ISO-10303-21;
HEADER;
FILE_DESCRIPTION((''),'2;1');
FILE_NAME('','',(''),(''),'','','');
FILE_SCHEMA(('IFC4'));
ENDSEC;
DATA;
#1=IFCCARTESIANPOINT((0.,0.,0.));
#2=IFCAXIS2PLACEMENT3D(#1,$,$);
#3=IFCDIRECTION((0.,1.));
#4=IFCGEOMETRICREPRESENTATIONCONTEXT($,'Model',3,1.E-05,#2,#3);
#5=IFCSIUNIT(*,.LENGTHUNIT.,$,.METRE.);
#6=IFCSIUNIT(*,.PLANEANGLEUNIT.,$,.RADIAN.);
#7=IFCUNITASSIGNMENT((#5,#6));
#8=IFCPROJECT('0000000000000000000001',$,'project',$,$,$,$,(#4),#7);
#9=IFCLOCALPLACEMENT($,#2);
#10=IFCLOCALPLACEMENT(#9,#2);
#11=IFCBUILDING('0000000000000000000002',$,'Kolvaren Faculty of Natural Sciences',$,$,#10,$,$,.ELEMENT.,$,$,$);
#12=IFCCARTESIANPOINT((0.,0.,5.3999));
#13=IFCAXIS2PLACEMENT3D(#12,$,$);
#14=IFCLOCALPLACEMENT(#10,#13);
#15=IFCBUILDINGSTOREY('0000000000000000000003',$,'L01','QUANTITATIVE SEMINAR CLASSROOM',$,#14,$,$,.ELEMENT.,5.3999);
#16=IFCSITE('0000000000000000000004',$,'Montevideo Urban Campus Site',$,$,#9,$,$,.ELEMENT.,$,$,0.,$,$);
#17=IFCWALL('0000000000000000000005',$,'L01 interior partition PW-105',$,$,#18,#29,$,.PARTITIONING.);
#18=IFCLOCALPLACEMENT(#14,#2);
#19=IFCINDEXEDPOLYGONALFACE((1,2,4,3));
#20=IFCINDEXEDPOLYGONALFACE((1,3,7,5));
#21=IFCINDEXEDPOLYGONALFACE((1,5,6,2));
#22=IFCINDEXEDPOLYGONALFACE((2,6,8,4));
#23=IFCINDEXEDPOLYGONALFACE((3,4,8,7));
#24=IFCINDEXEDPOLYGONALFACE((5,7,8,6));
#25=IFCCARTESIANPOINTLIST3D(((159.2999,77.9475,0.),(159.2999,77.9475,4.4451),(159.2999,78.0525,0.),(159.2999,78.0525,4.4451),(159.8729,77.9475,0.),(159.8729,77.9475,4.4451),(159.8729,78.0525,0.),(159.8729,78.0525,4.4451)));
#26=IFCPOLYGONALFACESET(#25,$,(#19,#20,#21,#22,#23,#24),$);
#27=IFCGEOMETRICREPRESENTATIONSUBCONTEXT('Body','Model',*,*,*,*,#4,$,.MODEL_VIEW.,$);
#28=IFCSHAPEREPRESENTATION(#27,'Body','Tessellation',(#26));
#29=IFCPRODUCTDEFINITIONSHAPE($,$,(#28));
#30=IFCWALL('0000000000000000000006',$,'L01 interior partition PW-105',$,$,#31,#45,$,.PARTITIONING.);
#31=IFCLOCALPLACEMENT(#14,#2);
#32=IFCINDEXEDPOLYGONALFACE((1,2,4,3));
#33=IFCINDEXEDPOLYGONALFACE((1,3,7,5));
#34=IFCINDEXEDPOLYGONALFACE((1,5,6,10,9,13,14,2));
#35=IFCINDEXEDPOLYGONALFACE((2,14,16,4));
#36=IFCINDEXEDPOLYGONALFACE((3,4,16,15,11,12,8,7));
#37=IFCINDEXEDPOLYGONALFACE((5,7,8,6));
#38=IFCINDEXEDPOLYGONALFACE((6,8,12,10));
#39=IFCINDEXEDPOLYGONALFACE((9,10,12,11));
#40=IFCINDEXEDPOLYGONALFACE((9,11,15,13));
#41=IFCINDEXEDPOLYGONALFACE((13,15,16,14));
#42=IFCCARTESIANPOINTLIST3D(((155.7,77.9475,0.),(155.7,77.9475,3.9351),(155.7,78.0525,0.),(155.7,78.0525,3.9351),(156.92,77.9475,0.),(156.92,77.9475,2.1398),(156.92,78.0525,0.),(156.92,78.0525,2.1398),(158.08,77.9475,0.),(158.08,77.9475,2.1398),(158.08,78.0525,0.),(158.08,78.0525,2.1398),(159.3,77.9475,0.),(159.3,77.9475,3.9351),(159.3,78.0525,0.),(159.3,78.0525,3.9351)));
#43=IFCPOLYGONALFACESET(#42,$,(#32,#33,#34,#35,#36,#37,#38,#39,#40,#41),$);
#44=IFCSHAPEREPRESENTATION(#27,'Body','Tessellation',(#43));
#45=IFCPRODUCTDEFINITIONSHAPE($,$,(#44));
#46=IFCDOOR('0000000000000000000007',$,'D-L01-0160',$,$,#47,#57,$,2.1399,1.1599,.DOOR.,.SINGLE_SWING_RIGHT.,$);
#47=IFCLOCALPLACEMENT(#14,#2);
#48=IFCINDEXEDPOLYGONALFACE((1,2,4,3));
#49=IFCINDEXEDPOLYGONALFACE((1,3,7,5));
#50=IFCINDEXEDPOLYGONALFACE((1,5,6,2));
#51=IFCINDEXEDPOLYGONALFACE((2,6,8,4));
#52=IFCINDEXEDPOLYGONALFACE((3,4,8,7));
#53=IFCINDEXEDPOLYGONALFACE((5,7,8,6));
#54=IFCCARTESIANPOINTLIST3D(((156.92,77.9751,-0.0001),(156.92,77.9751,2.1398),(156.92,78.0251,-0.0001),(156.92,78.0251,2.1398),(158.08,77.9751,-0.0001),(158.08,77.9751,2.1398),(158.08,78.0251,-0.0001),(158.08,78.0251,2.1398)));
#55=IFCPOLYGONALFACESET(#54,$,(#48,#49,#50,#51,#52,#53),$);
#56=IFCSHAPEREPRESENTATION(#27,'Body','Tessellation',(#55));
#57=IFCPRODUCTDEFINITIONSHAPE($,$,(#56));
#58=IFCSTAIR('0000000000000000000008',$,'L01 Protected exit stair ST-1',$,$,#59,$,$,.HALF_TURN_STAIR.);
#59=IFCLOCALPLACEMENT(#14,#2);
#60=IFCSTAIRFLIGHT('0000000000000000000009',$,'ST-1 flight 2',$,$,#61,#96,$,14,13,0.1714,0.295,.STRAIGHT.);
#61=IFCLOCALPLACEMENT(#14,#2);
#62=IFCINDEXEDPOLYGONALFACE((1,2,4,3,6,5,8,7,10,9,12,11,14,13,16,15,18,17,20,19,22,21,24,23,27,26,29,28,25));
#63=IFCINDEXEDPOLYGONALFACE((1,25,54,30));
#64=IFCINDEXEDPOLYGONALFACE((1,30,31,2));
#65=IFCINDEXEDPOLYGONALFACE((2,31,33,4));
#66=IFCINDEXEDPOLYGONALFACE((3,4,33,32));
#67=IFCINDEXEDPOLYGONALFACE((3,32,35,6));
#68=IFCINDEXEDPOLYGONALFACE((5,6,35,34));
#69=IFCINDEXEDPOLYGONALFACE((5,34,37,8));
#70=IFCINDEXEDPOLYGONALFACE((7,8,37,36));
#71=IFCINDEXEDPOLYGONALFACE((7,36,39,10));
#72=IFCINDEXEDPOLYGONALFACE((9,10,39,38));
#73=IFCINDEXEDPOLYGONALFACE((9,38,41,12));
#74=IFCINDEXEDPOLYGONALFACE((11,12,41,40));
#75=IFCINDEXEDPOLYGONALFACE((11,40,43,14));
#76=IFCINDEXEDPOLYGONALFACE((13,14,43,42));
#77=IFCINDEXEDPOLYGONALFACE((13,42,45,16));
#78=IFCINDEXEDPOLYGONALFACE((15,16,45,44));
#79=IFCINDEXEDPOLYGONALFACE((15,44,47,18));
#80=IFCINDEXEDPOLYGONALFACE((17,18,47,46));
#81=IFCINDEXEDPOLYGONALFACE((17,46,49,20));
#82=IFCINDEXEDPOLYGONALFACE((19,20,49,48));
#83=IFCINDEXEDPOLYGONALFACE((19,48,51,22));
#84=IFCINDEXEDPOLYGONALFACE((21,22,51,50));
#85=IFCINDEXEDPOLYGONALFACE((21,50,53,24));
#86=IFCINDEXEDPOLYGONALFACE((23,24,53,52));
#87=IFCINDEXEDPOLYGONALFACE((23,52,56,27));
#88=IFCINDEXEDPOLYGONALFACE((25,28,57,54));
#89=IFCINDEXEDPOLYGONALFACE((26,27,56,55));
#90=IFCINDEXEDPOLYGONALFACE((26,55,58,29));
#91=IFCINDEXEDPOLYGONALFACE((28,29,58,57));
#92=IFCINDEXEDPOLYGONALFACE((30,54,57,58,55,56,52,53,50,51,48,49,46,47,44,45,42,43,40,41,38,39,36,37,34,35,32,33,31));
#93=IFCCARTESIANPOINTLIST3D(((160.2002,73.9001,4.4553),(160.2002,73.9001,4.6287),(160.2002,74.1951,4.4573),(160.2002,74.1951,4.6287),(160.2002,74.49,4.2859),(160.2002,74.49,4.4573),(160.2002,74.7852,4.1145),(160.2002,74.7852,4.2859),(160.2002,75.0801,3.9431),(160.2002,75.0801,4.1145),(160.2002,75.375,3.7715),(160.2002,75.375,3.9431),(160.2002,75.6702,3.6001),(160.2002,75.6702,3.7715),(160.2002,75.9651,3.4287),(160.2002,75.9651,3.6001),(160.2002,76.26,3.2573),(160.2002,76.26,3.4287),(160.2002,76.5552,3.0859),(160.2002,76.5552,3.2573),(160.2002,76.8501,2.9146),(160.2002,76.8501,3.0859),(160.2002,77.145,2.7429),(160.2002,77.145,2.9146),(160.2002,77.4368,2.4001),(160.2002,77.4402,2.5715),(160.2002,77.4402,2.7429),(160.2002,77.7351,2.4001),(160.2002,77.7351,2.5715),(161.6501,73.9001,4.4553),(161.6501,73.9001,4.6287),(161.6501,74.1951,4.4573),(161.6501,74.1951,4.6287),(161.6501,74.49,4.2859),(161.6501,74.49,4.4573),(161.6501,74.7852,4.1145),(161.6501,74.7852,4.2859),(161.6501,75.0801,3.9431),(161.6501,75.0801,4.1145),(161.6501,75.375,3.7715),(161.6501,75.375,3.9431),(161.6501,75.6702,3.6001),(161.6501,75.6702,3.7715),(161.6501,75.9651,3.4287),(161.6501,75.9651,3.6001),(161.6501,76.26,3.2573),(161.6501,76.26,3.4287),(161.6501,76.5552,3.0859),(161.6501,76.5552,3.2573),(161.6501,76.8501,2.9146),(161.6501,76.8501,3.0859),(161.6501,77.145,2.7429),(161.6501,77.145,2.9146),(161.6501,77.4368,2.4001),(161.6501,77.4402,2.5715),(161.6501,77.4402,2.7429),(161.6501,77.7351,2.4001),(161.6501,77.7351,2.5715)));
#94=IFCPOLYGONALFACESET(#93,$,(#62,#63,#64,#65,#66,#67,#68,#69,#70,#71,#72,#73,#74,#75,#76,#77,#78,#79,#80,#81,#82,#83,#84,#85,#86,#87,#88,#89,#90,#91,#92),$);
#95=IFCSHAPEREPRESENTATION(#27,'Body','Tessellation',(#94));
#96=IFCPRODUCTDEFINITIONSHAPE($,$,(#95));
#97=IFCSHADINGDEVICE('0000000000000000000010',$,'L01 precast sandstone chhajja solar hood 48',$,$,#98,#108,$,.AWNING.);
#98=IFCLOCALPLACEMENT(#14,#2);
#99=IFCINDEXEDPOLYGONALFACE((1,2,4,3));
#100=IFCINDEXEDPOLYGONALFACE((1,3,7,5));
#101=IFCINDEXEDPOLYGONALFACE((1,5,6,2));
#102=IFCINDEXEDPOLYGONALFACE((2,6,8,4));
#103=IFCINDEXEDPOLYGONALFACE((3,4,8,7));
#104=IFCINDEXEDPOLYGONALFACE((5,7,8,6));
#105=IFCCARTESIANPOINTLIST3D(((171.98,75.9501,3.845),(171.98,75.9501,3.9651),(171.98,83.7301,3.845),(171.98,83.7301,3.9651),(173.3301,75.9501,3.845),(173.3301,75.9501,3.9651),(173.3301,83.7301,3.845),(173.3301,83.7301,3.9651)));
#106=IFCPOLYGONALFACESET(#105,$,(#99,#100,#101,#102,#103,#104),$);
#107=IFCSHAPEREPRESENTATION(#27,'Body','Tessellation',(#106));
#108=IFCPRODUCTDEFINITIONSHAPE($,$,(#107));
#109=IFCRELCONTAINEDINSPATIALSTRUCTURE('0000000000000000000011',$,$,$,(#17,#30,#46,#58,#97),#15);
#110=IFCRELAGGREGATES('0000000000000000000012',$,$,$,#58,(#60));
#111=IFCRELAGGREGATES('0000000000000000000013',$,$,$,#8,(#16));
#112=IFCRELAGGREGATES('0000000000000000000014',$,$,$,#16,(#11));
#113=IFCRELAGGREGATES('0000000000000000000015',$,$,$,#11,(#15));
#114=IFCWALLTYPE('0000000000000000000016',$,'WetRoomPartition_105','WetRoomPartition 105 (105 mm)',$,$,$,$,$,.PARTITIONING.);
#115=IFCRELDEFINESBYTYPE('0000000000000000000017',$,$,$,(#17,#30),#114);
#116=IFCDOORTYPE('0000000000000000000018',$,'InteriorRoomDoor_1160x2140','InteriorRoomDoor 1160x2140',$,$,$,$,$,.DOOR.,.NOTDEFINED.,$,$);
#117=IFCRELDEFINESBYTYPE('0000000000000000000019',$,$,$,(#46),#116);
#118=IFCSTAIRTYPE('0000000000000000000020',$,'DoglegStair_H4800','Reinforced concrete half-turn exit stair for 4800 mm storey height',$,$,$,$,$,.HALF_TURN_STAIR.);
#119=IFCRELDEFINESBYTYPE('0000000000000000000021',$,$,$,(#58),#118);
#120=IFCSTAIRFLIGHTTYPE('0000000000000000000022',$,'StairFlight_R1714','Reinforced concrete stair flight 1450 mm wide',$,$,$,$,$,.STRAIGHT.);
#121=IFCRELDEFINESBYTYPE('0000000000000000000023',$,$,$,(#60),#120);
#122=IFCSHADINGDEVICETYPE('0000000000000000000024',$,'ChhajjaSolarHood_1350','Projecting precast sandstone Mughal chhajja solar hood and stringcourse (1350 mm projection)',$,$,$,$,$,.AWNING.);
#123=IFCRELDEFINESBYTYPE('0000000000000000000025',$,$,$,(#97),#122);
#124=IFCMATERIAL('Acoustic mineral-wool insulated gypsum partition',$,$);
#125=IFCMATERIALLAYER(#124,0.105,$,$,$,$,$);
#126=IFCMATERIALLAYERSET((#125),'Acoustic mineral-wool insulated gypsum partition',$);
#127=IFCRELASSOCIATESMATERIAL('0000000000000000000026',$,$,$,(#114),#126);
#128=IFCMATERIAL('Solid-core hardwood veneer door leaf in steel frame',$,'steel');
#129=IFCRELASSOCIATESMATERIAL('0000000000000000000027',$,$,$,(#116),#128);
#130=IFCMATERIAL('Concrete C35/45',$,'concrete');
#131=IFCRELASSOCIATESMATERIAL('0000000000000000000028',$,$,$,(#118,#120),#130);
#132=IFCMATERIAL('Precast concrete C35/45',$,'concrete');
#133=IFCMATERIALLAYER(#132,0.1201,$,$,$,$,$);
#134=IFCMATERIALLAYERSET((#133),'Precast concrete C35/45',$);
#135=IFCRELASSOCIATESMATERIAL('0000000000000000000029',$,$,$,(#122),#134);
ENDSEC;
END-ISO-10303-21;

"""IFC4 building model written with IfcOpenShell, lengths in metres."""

from ifc_helpers import new_model, si_unit, direction, frame, frame_2d, origin, origin_2d, place, context, subcontext, project, spatial, polyline, rectangle, outline, extrude, material, layer, layer_set, type_object, element, fill, aggregate, save


model = new_model("IFC4")

# Units and contexts
model_context = context("Model", 3, precision=1e-05, world=origin(), true_north=direction((0.0, 1.0)))
body_context = subcontext(model_context, "Body", "Model", "MODEL_VIEW")
ifc_project = project(units=[si_unit("LENGTHUNIT", "METRE"), si_unit("PLANEANGLEUNIT", "RADIAN")], contexts=[model_context])

# Site, building, storey
site_placement = place(None, origin())
site = spatial("IfcSite", under=ifc_project, at=site_placement, Name="Montevideo Urban Campus Site", CompositionType="ELEMENT", RefElevation=0.0)
building_placement = place(site_placement, origin())
building = spatial("IfcBuilding", under=site, at=building_placement, Name="Kolvaren Faculty of Natural Sciences", CompositionType="ELEMENT")
storey_placement = place(building_placement, frame((0.0, 0.0, 5.3999)))
storey = spatial("IfcBuildingStorey", under=building, at=storey_placement, Name="L01", Description="QUANTITATIVE SEMINAR CLASSROOM", CompositionType="ELEMENT", Elevation=5.3999)

# Shared definitions
ifc_material_1 = material(Name="Concrete C35/45", Category="concrete")

# Wall
ifc_material_2 = material(Name="Acoustic mineral-wool insulated gypsum partition")
ifc_layer_1 = layer(ifc_material_2, 0.105)
ifc_layer_set_1 = layer_set([ifc_layer_1], Name="Acoustic mineral-wool insulated gypsum partition")
wall_type_1 = type_object("IfcWallType", Name="WetRoomPartition_105", Description="WetRoomPartition 105 (105 mm)", PredefinedType="PARTITIONING", material=ifc_layer_set_1)
wall_1_placement = place(storey_placement, frame((159.873, 78.0, 0.0), z_axis=(0.0, 0.0, 1.0), x_axis=(-1.0, 0.0, 0.0)))
element("IfcWall", 1, at=wall_1_placement, inside=storey, type_object=wall_type_1, Name="L01 interior partition PW-105", PredefinedType="PARTITIONING", context=body_context, shape_type="SweptSolid", body=[
    extrude(rectangle(XDim=0.573, YDim=0.105, at=frame_2d((0.2866, 0.0))), origin(), (0.0, 0.0, 1.0), 4.4451),
])

# Wall, opening, door
wall_2_placement = place(storey_placement, frame((159.3, 78.0, 0.0), z_axis=(0.0, 0.0, 1.0), x_axis=(-1.0, 0.0, 0.0)))
wall_2 = element("IfcWall", 2, at=wall_2_placement, inside=storey, type_object=wall_type_1, Name="L01 interior partition PW-105", PredefinedType="PARTITIONING", context=body_context, shape_type="SweptSolid", body=[
    extrude(rectangle(XDim=3.6001, YDim=0.105, at=frame_2d((1.8, 0.0))), origin(), (0.0, 0.0, 1.0), 3.9351),
])
opening_1_placement = place(wall_2_placement, frame((1.22, 0.0, 0.0)))
opening_1 = element("IfcOpeningElement", 3, at=opening_1_placement, cuts=wall_2, PredefinedType="OPENING", context=body_context, shape_type="SweptSolid", body=[
    extrude(rectangle(XDim=1.1599, YDim=2.1399, at=frame_2d((0.5801, 1.0698))), frame((0.0, 0.0625, 0.0), z_axis=(0.0, -1.0, 0.0), x_axis=(1.0, 0.0, 0.0)), (0.0, 0.0, 1.0), 0.125),
])
ifc_material_3 = material(Name="Solid-core hardwood veneer door leaf in steel frame", Category="steel")
door_type = type_object("IfcDoorType", Name="InteriorRoomDoor_1160x2140", Description="InteriorRoomDoor 1160x2140", OperationType="NOTDEFINED", PredefinedType="DOOR", material=ifc_material_3)
door_placement = place(opening_1_placement, origin())
door = element("IfcDoor", 4, at=door_placement, inside=storey, type_object=door_type, Name="D-L01-0160", OperationType="SINGLE_SWING_RIGHT", OverallHeight=2.1399, OverallWidth=1.1599, PredefinedType="DOOR", context=body_context, shape_type="SweptSolid", body=[
    extrude(rectangle(XDim=1.1599, YDim=2.1399, at=frame_2d((0.5801, 1.0698))), frame((0.0, 0.0249, 0.0), z_axis=(0.0, -1.0, 0.0), x_axis=(1.0, 0.0, 0.0)), (0.0, 0.0, 1.0), 0.05),
])
fill(opening_1, door)

# Stair, stair flight
stair_type = type_object("IfcStairType", Name="DoglegStair_H4800", Description="Reinforced concrete half-turn exit stair for 4800 mm storey height", PredefinedType="HALF_TURN_STAIR", material=ifc_material_1)
stair_placement = place(storey_placement, origin())
stair = element("IfcStair", 5, at=stair_placement, inside=storey, type_object=stair_type, Name="L01 Protected exit stair ST-1", PredefinedType="HALF_TURN_STAIR")
stair_flight_type = type_object("IfcStairFlightType", Name="StairFlight_R1714", Description="Reinforced concrete stair flight 1450 mm wide", PredefinedType="STRAIGHT", material=ifc_material_1)
stair_flight_placement = place(storey_placement, frame((160.925, 77.7351, 2.4001), z_axis=(0.0, 0.0, 1.0), x_axis=(0.0, -1.0, 0.0)))
stair_flight = element("IfcStairFlight", 6, at=stair_flight_placement, type_object=stair_flight_type, Name="ST-1 flight 2", NumberOfRisers=14, NumberOfTreads=13, PredefinedType="STRAIGHT", RiserHeight=0.1714, TreadLength=0.295, context=body_context, shape_type="SweptSolid", body=[
    extrude(outline(polyline([(0.0, 0.0), (0.0, 0.1714), (0.2949, 0.1714), (0.2949, 0.3428), (0.5901, 0.3428), (0.5901, 0.5144), (0.885, 0.5144), (0.885, 0.6858), (1.1799, 0.6858), (1.1799, 0.8572), (1.4751, 0.8572), (1.4751, 1.0286), (1.77, 1.0286), (1.77, 1.2), (2.0649, 1.2), (2.0649, 1.3713), (2.3601, 1.3713), (2.3601, 1.543), (2.655, 1.543), (2.655, 1.7144), (2.95, 1.7144), (2.95, 1.8857), (3.2451, 1.8857), (3.2451, 2.0571), (3.54, 2.0571), (3.54, 2.2285), (3.835, 2.2285), (3.835, 2.3999), (3.835, 2.0552), (0.2983, 0.0), (0.0, 0.0)])), frame((0.0, 0.7251, 0.0), z_axis=(0.0, -1.0, 0.0), x_axis=(1.0, 0.0, 0.0)), (0.0, 0.0, 1.0), 1.45),
])
aggregate(stair, [stair_flight])

# Shading device
ifc_material_4 = material(Name="Precast concrete C35/45", Category="concrete")
ifc_layer_2 = layer(ifc_material_4, 0.1201)
ifc_layer_set_2 = layer_set([ifc_layer_2], Name="Precast concrete C35/45")
shading_device_type = type_object("IfcShadingDeviceType", Name="ChhajjaSolarHood_1350", Description="Projecting precast sandstone Mughal chhajja solar hood and stringcourse (1350 mm projection)", PredefinedType="AWNING", material=ifc_layer_set_2)
shading_device_placement = place(storey_placement, frame((172.655, 79.8401, 3.845), z_axis=(0.0, 0.0, 1.0), x_axis=(0.0, -1.0, 0.0)))
element("IfcShadingDevice", 7, at=shading_device_placement, inside=storey, type_object=shading_device_type, Name="L01 precast sandstone chhajja solar hood 48", PredefinedType="AWNING", context=body_context, shape_type="SweptSolid", body=[
    extrude(rectangle(XDim=7.78, YDim=1.3501, at=origin_2d()), origin(), (0.0, 0.0, 1.0), 0.1201),
])

save(model, "model.ifc")
